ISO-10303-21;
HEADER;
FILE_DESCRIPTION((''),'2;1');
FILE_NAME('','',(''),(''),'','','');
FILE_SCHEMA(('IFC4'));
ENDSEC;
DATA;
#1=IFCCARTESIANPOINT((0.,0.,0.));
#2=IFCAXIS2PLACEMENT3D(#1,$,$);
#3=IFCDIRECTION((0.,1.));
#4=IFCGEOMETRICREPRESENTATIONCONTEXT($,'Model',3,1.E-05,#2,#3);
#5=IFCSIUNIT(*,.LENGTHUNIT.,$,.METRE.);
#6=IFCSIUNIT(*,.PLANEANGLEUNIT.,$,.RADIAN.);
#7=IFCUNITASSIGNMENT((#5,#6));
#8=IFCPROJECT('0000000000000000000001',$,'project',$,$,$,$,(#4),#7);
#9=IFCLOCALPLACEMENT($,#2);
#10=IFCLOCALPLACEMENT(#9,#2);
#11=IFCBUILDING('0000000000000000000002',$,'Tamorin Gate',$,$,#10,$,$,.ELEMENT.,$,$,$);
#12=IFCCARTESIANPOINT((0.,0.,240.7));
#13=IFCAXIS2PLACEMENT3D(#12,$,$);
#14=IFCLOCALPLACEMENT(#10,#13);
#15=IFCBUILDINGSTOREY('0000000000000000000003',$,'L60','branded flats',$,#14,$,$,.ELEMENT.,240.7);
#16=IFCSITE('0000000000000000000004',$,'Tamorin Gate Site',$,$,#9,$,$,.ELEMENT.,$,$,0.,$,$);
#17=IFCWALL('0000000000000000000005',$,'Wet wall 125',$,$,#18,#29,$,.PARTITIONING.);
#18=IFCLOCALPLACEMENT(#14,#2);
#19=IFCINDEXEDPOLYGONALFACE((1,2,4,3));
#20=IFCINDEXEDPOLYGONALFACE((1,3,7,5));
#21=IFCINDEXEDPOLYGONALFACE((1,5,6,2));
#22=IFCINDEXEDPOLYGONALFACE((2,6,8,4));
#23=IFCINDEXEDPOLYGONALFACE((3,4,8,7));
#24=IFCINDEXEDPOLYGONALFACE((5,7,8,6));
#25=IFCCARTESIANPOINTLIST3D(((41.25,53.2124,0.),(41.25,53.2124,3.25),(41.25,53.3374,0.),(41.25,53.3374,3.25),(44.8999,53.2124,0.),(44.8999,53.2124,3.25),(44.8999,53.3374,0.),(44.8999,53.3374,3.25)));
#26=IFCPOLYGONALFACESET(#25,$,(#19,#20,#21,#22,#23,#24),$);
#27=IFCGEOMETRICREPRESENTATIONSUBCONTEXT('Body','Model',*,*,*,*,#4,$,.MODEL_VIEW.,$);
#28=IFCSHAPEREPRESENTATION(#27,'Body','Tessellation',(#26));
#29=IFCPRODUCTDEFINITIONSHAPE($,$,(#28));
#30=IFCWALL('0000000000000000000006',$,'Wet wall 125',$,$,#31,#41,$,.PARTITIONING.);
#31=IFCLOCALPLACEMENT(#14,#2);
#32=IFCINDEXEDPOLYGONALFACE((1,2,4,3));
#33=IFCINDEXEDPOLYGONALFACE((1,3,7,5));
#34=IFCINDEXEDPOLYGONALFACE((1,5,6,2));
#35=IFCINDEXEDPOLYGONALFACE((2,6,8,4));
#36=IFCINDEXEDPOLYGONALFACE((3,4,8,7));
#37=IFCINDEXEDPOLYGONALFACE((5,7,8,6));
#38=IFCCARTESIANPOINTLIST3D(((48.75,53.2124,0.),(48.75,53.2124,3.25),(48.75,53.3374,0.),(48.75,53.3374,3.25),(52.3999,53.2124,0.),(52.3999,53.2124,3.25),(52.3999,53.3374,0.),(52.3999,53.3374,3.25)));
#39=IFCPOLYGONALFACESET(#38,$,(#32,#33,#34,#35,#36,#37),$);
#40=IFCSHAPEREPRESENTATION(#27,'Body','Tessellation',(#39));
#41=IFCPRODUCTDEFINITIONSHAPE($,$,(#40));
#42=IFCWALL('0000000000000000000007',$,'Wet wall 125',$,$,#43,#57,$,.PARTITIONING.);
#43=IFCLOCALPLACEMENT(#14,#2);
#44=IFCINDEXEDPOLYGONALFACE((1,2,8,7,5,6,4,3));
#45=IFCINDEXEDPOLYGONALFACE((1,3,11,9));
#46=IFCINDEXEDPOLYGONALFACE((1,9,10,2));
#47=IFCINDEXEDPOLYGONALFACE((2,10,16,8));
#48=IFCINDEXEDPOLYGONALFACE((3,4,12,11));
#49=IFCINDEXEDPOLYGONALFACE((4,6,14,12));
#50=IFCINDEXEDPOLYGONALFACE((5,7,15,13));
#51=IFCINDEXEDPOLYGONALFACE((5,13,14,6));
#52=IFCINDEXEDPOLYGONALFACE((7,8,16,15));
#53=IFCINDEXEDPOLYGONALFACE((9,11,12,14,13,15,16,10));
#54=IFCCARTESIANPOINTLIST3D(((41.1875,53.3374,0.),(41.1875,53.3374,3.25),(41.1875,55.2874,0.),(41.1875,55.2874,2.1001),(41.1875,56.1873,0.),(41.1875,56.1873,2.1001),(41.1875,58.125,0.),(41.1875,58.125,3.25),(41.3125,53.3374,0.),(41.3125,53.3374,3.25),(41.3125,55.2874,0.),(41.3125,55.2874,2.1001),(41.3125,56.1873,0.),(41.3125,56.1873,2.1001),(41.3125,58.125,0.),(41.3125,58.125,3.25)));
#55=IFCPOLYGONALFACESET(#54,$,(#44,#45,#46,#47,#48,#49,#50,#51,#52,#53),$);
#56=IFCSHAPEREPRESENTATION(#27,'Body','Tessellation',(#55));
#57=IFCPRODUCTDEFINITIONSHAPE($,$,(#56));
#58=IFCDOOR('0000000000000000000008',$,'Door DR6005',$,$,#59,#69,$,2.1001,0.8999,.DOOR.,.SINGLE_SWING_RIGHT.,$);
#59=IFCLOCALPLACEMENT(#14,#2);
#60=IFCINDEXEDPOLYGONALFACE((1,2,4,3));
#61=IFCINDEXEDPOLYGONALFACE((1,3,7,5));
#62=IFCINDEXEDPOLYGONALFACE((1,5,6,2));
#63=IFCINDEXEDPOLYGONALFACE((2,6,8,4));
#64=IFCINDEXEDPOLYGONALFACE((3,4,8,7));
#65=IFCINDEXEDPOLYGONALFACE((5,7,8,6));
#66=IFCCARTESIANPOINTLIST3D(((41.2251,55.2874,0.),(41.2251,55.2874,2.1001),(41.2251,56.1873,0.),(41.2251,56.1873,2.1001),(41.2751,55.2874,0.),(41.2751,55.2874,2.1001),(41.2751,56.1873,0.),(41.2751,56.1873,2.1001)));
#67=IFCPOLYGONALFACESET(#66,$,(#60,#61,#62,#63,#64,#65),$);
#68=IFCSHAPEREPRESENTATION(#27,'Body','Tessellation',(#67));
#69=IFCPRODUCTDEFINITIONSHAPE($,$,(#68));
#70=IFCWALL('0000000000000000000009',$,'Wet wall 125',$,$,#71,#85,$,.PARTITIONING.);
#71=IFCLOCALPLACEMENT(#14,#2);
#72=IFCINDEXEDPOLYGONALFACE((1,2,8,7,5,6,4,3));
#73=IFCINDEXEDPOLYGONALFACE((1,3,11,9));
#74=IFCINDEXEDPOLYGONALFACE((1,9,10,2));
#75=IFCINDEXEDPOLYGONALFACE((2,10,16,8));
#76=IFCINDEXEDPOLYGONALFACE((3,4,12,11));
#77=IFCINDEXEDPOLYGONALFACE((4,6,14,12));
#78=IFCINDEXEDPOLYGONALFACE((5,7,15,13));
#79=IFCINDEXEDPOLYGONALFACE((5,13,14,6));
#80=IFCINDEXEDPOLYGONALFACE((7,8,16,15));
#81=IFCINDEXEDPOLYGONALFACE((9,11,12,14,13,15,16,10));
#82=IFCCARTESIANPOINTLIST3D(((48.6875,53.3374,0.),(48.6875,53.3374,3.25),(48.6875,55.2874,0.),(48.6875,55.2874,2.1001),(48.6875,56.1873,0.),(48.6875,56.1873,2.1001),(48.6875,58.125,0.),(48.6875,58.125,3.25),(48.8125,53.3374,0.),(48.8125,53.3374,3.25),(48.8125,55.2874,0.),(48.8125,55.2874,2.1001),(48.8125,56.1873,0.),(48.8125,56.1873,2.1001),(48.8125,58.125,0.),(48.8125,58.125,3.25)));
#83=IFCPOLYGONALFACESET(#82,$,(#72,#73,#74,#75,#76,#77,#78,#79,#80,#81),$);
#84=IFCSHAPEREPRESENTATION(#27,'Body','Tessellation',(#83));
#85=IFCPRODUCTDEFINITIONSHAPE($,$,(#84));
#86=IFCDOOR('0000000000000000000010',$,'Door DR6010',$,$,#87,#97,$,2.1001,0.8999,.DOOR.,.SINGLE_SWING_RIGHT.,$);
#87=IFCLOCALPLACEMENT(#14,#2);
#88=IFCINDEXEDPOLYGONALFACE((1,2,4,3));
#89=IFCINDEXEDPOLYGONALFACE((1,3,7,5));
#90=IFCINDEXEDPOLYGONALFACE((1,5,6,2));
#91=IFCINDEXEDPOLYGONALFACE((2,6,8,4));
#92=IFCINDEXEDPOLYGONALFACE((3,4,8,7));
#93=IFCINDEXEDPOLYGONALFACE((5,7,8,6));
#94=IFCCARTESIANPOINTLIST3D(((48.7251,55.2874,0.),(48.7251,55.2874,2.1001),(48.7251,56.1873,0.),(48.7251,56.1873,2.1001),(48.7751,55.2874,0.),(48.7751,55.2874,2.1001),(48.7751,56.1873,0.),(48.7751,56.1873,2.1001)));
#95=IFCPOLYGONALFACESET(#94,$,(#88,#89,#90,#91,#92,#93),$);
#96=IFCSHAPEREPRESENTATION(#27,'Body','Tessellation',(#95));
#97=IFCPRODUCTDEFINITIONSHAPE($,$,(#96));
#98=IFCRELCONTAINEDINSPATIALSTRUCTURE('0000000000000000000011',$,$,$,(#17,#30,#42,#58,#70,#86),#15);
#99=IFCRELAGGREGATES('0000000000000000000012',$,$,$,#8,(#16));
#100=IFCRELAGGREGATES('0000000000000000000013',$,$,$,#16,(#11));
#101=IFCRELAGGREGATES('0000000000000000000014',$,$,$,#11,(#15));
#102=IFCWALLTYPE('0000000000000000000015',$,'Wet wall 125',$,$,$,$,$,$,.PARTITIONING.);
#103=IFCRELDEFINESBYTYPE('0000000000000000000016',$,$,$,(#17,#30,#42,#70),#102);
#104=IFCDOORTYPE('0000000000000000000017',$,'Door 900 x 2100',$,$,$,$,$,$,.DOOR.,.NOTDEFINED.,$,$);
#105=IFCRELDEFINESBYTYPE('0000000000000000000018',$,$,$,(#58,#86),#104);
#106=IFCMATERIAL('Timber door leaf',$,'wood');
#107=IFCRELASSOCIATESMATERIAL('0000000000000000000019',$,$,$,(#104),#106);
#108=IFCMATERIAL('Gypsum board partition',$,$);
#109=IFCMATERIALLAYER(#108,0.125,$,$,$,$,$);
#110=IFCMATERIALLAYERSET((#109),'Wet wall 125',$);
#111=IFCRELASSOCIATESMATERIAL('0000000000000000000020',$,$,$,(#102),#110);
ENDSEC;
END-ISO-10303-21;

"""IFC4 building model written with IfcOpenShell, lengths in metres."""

from ifc_helpers import new_model, si_unit, direction, frame, frame_2d, origin, place, context, subcontext, project, spatial, rectangle, extrude, material, layer, layer_set, type_object, element, fill, save


model = new_model("IFC4")

# Units and contexts
model_context = context("Model", 3, precision=1e-05, world=origin(), true_north=direction((0.0, 1.0)))
body_context = subcontext(model_context, "Body", "Model", "MODEL_VIEW")
ifc_project = project(units=[si_unit("LENGTHUNIT", "METRE"), si_unit("PLANEANGLEUNIT", "RADIAN")], contexts=[model_context])

# Site, building, storey
site_placement = place(None, origin())
site = spatial("IfcSite", under=ifc_project, at=site_placement, Name="Tamorin Gate Site", CompositionType="ELEMENT", RefElevation=0.0)
building_placement = place(site_placement, origin())
building = spatial("IfcBuilding", under=site, at=building_placement, Name="Tamorin Gate", CompositionType="ELEMENT")
storey_placement = place(building_placement, frame((0.0, 0.0, 240.7)))
storey = spatial("IfcBuildingStorey", under=building, at=storey_placement, Name="L60", Description="branded flats", CompositionType="ELEMENT", Elevation=240.7)

# Shared definitions
ifc_material_1 = material(Name="Gypsum board partition")

# Shared definitions
ifc_material_2 = material(Name="Timber door leaf", Category="wood")
door_type = type_object("IfcDoorType", Name="Door 900 x 2100", OperationType="NOTDEFINED", PredefinedType="DOOR", material=ifc_material_2)

# Walls
ifc_layer_1 = layer(ifc_material_1, 0.125)
ifc_layer_set_1 = layer_set([ifc_layer_1], Name="Wet wall 125")
wall_type_1 = type_object("IfcWallType", Name="Wet wall 125", PredefinedType="PARTITIONING", material=ifc_layer_set_1)
for number, where, z_axis, x_axis, name in (
    (1, (41.25, 53.2749, 0.0), (0.0, 0.0, 1.0), (1.0, 0.0, 0.0), "Wet wall 125"),
    (2, (48.75, 53.2749, 0.0), (0.0, 0.0, 1.0), (1.0, 0.0, 0.0), "Wet wall 125"),
):
    element("IfcWall", number, at=place(storey_placement, frame(where, z_axis=z_axis, x_axis=x_axis)), inside=storey, type_object=wall_type_1, Name=name, PredefinedType="PARTITIONING", context=body_context, shape_type="SweptSolid", body=[
        extrude(rectangle(XDim=3.6499, YDim=0.125, at=frame_2d((1.825, 0.0))), origin(), (0.0, 0.0, 1.0), 3.25),
    ])

# Walls, openings, doors
wall_1_placement = place(storey_placement, frame((41.25, 53.3374, 0.0), z_axis=(0.0, 0.0, 1.0), x_axis=(0.0, 1.0, 0.0)))
wall_1 = element("IfcWall", 3, at=wall_1_placement, inside=storey, type_object=wall_type_1, Name="Wet wall 125", PredefinedType="PARTITIONING", context=body_context, shape_type="SweptSolid", body=[
    extrude(rectangle(XDim=4.7876, YDim=0.125, at=frame_2d((2.3938, 0.0))), origin(), (0.0, 0.0, 1.0), 3.25),
])
opening_1_placement = place(wall_1_placement, frame((1.95, 0.0, 0.0)))
opening_1 = element("IfcOpeningElement", 4, at=opening_1_placement, cuts=wall_1, PredefinedType="OPENING", context=body_context, shape_type="SweptSolid", body=[
    extrude(rectangle(XDim=0.8999, YDim=2.1001, at=frame_2d((0.45, 1.05))), frame((0.0, 0.0725, 0.0), z_axis=(0.0, -1.0, 0.0), x_axis=(1.0, 0.0, 0.0)), (0.0, 0.0, 1.0), 0.145),
])
door_1_placement = place(opening_1_placement, origin())
door_1 = element("IfcDoor", 5, at=door_1_placement, inside=storey, type_object=door_type, Name="Door DR6005", OperationType="SINGLE_SWING_RIGHT", OverallHeight=2.1001, OverallWidth=0.8999, PredefinedType="DOOR", context=body_context, shape_type="SweptSolid", body=[
    extrude(rectangle(XDim=0.8999, YDim=2.1001, at=frame_2d((0.45, 1.05))), frame((0.0, 0.0249, 0.0), z_axis=(0.0, -1.0, 0.0), x_axis=(1.0, 0.0, 0.0)), (0.0, 0.0, 1.0), 0.05),
])
fill(opening_1, door_1)
wall_2_placement = place(storey_placement, frame((48.75, 53.3374, 0.0), z_axis=(0.0, 0.0, 1.0), x_axis=(0.0, 1.0, 0.0)))
wall_2 = element("IfcWall", 6, at=wall_2_placement, inside=storey, type_object=wall_type_1, Name="Wet wall 125", PredefinedType="PARTITIONING", context=body_context, shape_type="SweptSolid", body=[
    extrude(rectangle(XDim=4.7876, YDim=0.125, at=frame_2d((2.3938, 0.0))), origin(), (0.0, 0.0, 1.0), 3.25),
])
opening_2_placement = place(wall_2_placement, frame((1.95, 0.0, 0.0)))
opening_2 = element("IfcOpeningElement", 7, at=opening_2_placement, cuts=wall_2, PredefinedType="OPENING", context=body_context, shape_type="SweptSolid", body=[
    extrude(rectangle(XDim=0.8999, YDim=2.1001, at=frame_2d((0.45, 1.05))), frame((0.0, 0.0725, 0.0), z_axis=(0.0, -1.0, 0.0), x_axis=(1.0, 0.0, 0.0)), (0.0, 0.0, 1.0), 0.145),
])
door_2_placement = place(opening_2_placement, origin())
door_2 = element("IfcDoor", 8, at=door_2_placement, inside=storey, type_object=door_type, Name="Door DR6010", OperationType="SINGLE_SWING_RIGHT", OverallHeight=2.1001, OverallWidth=0.8999, PredefinedType="DOOR", context=body_context, shape_type="SweptSolid", body=[
    extrude(rectangle(XDim=0.8999, YDim=2.1001, at=frame_2d((0.45, 1.05))), frame((0.0, 0.0249, 0.0), z_axis=(0.0, -1.0, 0.0), x_axis=(1.0, 0.0, 0.0)), (0.0, 0.0, 1.0), 0.05),
])
fill(opening_2, door_2)

save(model, "model.ifc")
